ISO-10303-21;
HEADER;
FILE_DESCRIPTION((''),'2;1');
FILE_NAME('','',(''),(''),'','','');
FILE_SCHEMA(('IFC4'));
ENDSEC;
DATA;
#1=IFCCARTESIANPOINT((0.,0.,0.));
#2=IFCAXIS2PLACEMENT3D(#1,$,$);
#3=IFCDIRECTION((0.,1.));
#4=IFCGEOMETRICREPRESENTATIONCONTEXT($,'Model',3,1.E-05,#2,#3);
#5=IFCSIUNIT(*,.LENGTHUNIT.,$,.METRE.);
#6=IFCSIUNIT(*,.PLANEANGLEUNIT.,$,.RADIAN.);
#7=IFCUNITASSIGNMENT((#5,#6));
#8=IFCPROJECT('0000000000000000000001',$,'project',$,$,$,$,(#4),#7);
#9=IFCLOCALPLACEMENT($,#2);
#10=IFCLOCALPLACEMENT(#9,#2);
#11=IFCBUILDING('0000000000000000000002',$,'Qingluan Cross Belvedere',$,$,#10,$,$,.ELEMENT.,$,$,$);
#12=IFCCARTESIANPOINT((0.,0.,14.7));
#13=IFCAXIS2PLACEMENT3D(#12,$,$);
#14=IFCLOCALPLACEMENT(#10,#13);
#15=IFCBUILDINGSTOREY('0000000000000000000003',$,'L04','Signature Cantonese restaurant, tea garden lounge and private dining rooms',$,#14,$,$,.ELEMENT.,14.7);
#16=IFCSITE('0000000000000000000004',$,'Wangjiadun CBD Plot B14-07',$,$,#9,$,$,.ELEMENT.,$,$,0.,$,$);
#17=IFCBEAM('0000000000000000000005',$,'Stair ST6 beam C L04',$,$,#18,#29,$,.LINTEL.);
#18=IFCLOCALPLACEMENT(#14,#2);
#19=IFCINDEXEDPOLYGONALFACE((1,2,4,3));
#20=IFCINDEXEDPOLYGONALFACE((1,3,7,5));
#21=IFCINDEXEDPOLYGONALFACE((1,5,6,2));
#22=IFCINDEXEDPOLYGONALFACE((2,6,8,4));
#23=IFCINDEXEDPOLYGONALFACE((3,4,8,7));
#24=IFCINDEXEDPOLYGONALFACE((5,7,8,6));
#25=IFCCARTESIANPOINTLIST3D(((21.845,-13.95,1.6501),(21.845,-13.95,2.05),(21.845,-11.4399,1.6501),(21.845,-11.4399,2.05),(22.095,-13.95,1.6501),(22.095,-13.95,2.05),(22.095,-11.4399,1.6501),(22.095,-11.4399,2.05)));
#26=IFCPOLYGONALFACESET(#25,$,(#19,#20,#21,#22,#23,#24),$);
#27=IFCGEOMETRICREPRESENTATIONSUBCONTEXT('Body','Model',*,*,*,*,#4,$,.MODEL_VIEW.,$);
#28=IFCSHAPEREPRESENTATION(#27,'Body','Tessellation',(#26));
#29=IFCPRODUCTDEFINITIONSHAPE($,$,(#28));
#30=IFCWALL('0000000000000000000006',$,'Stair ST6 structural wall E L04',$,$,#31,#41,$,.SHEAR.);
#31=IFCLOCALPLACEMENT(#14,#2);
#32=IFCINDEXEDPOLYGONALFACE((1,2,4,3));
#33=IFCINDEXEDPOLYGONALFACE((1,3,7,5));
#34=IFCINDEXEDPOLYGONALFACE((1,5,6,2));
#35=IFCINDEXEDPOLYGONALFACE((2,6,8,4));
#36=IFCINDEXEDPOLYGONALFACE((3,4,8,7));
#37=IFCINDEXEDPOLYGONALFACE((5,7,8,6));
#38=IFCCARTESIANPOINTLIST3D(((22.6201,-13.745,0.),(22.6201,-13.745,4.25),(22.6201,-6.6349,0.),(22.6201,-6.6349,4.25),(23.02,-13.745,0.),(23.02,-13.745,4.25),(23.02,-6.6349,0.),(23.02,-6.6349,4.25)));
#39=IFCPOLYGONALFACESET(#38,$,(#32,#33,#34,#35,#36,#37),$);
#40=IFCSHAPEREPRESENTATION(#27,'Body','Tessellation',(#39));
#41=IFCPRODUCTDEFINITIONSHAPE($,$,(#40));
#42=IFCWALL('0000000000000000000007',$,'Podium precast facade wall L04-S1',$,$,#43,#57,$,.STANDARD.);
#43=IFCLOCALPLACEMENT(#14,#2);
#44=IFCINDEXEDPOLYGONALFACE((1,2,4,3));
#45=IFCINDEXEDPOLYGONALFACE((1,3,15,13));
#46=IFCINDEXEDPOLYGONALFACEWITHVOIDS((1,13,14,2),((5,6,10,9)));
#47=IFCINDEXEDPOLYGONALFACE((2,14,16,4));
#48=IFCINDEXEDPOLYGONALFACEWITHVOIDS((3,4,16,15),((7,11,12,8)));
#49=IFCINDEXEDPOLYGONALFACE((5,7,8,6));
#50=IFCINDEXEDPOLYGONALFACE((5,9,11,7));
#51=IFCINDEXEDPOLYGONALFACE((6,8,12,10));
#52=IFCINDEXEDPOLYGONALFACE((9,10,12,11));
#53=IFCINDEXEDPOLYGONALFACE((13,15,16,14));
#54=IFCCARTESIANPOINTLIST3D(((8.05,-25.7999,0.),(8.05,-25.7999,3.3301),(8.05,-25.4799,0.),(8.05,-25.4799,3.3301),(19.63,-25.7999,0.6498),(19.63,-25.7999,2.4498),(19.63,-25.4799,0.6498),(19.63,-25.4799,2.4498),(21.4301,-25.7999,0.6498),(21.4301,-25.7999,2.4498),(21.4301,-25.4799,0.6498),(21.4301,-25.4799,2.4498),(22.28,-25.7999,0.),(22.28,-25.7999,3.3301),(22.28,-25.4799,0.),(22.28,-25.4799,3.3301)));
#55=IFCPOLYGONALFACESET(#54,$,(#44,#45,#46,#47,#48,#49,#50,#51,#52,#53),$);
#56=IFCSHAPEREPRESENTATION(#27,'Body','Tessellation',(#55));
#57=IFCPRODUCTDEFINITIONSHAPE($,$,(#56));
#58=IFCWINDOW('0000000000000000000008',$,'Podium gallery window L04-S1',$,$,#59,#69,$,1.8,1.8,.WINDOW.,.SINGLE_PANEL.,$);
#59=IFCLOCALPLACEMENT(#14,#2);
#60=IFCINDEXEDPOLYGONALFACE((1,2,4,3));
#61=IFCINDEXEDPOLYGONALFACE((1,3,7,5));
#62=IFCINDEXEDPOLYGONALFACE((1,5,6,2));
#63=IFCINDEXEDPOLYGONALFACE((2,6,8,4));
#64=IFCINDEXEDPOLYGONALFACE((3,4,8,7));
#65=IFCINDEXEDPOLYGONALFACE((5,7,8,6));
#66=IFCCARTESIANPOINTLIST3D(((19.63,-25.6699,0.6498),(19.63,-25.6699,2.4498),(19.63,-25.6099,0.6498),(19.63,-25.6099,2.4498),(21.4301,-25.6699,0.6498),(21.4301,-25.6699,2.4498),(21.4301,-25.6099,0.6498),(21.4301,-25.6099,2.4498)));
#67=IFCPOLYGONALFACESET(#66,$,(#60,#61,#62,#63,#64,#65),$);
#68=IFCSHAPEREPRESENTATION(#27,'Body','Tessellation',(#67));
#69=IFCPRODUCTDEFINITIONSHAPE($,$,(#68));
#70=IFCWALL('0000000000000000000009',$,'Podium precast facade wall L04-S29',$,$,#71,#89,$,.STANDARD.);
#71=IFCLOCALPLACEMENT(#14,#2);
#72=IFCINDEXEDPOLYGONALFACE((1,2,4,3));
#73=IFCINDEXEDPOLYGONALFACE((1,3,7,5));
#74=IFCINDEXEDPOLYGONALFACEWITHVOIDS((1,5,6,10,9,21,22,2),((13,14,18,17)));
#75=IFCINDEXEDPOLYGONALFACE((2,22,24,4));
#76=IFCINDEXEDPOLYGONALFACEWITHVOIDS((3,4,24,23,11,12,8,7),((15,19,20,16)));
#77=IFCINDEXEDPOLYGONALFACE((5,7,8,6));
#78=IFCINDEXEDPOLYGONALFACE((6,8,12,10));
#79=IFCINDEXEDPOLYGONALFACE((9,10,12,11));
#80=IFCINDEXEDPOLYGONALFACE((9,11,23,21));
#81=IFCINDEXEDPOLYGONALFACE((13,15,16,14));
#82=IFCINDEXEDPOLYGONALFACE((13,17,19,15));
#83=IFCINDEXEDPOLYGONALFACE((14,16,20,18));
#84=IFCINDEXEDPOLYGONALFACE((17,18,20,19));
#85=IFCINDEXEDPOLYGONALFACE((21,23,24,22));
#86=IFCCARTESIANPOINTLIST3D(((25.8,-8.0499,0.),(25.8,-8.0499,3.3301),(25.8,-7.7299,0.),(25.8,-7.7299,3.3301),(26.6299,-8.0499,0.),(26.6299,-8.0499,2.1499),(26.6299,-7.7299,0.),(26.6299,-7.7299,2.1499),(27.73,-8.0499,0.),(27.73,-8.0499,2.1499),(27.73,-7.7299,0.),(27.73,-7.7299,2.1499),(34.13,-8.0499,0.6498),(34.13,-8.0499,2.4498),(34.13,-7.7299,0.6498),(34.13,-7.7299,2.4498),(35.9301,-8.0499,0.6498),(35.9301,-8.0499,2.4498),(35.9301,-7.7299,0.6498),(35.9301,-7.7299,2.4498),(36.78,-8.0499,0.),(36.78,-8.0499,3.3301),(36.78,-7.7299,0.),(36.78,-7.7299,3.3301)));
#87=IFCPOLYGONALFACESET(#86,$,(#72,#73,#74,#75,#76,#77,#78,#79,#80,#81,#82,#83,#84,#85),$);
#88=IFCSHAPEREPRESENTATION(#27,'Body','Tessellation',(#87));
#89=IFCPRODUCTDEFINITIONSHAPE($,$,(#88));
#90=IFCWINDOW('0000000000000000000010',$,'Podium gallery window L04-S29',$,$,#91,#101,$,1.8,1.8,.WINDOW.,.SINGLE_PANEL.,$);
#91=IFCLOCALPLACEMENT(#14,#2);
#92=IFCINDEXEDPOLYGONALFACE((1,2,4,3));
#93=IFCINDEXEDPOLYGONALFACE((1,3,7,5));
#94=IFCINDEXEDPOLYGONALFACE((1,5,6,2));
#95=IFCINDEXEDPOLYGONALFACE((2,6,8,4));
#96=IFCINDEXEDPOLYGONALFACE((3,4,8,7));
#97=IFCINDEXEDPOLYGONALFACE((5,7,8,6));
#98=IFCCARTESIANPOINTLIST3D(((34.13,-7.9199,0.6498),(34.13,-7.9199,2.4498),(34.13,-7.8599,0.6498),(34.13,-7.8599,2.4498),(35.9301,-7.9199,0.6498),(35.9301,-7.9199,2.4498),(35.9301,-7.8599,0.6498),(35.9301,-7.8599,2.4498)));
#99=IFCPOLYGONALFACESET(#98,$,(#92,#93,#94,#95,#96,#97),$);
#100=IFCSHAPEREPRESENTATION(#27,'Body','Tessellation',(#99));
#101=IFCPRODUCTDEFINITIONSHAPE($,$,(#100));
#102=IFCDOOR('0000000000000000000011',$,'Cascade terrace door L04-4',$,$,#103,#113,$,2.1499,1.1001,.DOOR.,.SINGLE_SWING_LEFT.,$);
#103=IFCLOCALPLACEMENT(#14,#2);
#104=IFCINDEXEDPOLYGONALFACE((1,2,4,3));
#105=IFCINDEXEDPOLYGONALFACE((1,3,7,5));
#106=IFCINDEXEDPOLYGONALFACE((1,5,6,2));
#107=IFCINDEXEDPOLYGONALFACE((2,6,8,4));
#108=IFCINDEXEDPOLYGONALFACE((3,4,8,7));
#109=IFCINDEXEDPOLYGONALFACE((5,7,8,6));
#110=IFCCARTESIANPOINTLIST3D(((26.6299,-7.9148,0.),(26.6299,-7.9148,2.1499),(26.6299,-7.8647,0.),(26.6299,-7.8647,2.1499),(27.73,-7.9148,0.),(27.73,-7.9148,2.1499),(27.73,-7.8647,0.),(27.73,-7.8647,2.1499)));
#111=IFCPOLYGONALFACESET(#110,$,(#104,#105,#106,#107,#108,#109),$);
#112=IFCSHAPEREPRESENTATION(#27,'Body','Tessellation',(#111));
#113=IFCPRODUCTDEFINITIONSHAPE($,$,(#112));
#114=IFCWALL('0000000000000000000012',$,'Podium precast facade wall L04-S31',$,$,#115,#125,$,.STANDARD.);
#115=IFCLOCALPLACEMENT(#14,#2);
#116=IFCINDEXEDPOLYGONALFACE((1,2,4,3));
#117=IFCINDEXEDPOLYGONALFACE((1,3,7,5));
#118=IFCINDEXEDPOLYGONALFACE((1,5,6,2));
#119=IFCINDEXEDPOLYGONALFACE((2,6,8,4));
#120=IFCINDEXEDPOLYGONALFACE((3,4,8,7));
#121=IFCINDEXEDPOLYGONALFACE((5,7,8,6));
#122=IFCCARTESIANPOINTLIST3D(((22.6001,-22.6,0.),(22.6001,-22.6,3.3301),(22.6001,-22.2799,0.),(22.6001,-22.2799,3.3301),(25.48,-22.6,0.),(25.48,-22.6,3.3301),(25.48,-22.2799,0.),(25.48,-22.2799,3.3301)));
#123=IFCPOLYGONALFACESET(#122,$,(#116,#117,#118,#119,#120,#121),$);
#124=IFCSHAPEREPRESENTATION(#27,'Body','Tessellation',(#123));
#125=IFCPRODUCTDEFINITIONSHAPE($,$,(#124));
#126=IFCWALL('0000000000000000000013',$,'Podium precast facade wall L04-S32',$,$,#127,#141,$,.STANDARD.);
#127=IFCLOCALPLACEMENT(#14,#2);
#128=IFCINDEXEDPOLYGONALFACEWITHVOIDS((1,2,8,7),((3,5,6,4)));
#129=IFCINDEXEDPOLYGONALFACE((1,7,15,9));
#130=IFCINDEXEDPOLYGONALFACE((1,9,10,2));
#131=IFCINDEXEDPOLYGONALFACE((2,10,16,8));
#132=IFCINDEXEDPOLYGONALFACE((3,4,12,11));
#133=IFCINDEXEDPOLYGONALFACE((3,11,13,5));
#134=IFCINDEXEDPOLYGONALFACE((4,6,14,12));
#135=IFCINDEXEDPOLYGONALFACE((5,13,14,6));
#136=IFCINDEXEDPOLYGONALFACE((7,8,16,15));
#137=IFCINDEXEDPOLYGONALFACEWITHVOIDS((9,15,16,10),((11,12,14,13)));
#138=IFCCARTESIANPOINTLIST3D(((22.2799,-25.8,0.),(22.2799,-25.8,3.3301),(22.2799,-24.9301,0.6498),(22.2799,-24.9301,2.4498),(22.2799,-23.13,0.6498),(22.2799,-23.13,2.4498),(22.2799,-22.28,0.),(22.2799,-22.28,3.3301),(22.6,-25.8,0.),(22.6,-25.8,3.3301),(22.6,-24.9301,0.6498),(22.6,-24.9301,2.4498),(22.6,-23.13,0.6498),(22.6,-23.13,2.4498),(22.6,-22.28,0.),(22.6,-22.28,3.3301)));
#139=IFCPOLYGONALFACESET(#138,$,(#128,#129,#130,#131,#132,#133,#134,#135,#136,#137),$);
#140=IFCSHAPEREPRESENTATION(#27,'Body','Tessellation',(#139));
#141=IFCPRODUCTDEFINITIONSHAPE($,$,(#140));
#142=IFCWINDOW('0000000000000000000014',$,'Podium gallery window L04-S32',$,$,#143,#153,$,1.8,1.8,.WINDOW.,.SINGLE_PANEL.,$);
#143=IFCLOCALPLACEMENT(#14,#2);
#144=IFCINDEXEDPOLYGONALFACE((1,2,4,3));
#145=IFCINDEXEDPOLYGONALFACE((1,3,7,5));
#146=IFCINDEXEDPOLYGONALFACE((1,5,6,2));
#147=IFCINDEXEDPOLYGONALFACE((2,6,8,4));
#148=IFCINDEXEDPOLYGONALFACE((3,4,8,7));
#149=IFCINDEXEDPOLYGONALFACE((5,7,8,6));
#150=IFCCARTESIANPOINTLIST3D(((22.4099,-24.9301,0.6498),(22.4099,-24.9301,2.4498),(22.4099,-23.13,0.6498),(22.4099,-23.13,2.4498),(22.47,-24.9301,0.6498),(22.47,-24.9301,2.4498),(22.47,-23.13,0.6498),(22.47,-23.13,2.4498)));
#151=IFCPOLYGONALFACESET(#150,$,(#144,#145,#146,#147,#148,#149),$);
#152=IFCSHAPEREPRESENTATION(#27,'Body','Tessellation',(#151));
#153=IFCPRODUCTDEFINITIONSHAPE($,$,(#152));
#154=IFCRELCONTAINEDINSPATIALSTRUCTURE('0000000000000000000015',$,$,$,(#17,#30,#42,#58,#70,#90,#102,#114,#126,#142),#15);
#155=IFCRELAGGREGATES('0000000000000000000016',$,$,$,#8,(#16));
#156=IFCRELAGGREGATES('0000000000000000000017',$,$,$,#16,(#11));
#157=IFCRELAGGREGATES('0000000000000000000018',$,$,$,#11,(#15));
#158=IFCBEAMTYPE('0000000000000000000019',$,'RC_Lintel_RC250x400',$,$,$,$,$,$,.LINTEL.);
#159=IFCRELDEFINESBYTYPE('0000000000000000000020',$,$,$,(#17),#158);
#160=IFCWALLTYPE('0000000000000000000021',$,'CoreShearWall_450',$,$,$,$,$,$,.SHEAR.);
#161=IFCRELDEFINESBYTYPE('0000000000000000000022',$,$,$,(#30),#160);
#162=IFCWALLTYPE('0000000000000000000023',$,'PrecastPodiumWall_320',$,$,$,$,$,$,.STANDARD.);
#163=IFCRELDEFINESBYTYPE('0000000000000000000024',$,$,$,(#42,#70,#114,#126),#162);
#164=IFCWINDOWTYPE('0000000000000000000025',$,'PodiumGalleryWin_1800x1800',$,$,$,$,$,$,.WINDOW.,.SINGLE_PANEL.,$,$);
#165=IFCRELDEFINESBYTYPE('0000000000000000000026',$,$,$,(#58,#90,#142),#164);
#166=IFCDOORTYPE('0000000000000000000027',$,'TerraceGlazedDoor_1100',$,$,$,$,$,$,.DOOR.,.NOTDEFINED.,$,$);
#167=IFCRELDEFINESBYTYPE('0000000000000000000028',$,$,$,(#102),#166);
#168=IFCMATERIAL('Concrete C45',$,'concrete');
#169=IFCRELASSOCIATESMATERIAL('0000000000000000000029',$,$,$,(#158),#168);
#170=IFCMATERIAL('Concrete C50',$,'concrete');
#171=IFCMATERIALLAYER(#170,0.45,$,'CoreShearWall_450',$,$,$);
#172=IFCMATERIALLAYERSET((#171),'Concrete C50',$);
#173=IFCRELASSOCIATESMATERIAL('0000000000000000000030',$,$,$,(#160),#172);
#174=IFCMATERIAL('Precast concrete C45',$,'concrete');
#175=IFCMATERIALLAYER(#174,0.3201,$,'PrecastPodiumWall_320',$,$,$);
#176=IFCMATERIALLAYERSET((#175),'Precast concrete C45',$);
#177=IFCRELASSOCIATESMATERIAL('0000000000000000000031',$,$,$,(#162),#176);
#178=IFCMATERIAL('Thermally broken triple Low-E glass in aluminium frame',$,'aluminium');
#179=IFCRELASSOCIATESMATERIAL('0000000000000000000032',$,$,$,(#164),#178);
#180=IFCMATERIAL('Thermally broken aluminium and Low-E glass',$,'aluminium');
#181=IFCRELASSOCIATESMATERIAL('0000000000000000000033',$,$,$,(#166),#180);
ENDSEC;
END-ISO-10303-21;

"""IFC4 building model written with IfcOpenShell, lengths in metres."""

from ifc_helpers import new_model, si_unit, direction, frame, frame_2d, origin, origin_2d, place, context, subcontext, project, spatial, rectangle, extrude, material, layer, layer_set, material_profile, profile_set, type_object, element, fill, save


model = new_model("IFC4")

# Units and contexts
model_context = context("Model", 3, precision=1e-05, world=origin(), true_north=direction((0.0, 1.0)))
body_context = subcontext(model_context, "Body", "Model", "MODEL_VIEW")
ifc_project = project(units=[si_unit("LENGTHUNIT", "METRE"), si_unit("PLANEANGLEUNIT", "RADIAN")], contexts=[model_context])

# Site, building, storey
site_placement = place(None, origin())
site = spatial("IfcSite", under=ifc_project, at=site_placement, Name="Wangjiadun CBD Plot B14-07", CompositionType="ELEMENT", RefElevation=0.0)
building_placement = place(site_placement, origin())
building = spatial("IfcBuilding", under=site, at=building_placement, Name="Qingluan Cross Belvedere", CompositionType="ELEMENT")
storey_placement = place(building_placement, frame((0.0, 0.0, 14.7)))
storey = spatial("IfcBuildingStorey", under=building, at=storey_placement, Name="L04", Description="Signature Cantonese restaurant, tea garden lounge and private dining rooms", CompositionType="ELEMENT", Elevation=14.7)

# Beam
ifc_material_1 = material(Name="Concrete C45", Category="concrete")
ifc_material_profile = material_profile(ifc_material_1, rectangle(XDim=0.25, YDim=0.3999, at=origin_2d()), Name="RC250x400")
ifc_profile_set = profile_set([ifc_material_profile], Name="Concrete C45")
beam_type = type_object("IfcBeamType", Name="RC_Lintel_RC250x400", PredefinedType="LINTEL", material=ifc_profile_set)
beam_placement = place(storey_placement, frame((21.97, -13.95, 1.8501), z_axis=(0.0, 1.0, 0.0), x_axis=(-1.0, 0.0, 0.0)))
element("IfcBeam", 1, at=beam_placement, inside=storey, type_object=beam_type, Name="Stair ST6 beam C L04", PredefinedType="LINTEL", context=body_context, shape_type="SweptSolid", body=[
    extrude(rectangle(XDim=0.25, YDim=0.3999, at=origin_2d()), origin(), (0.0, 0.0, 1.0), 2.51),
])

# Wall
ifc_material_2 = material(Name="Concrete C50", Category="concrete")
ifc_layer_1 = layer(ifc_material_2, 0.45, Name="CoreShearWall_450")
ifc_layer_set_1 = layer_set([ifc_layer_1], Name="Concrete C50")
wall_type_1 = type_object("IfcWallType", Name="CoreShearWall_450", PredefinedType="SHEAR", material=ifc_layer_set_1)
wall_1_placement = place(storey_placement, frame((22.8201, -13.7451, 0.0), z_axis=(0.0, 0.0, 1.0), x_axis=(0.0, 1.0, 0.0)))
element("IfcWall", 2, at=wall_1_placement, inside=storey, type_object=wall_type_1, Name="Stair ST6 structural wall E L04", PredefinedType="SHEAR", context=body_context, shape_type="SweptSolid", body=[
    extrude(rectangle(XDim=7.1101, YDim=0.3999, at=frame_2d((3.5552, 0.0))), origin(), (0.0, 0.0, 1.0), 4.25),
])

# Wall, opening, window
ifc_material_3 = material(Name="Precast concrete C45", Category="concrete")
ifc_layer_2 = layer(ifc_material_3, 0.3201, Name="PrecastPodiumWall_320")
ifc_layer_set_2 = layer_set([ifc_layer_2], Name="Precast concrete C45")
wall_type_2 = type_object("IfcWallType", Name="PrecastPodiumWall_320", PredefinedType="STANDARD", material=ifc_layer_set_2)
wall_2_placement = place(storey_placement, frame((22.28, -25.6399, 0.0), z_axis=(0.0, 0.0, 1.0), x_axis=(-1.0, 0.0, 0.0)))
wall_2 = element("IfcWall", 3, at=wall_2_placement, inside=storey, type_object=wall_type_2, Name="Podium precast facade wall L04-S1", PredefinedType="STANDARD", context=body_context, shape_type="SweptSolid", body=[
    extrude(rectangle(XDim=14.23, YDim=0.3201, at=frame_2d((7.115, 0.0))), origin(), (0.0, 0.0, 1.0), 3.3301),
])
opening_1_placement = place(wall_2_placement, frame((0.8501, 0.0, 0.6499)))
opening_1 = element("IfcOpeningElement", 4, at=opening_1_placement, cuts=wall_2, PredefinedType="OPENING", context=body_context, shape_type="SweptSolid", body=[
    extrude(rectangle(XDim=1.8, YDim=1.8, at=frame_2d((0.8999, 0.8999))), frame((0.0, 0.1699, 0.0), z_axis=(0.0, -1.0, 0.0), x_axis=(1.0, 0.0, 0.0)), (0.0, 0.0, 1.0), 0.3401),
])
ifc_material_4 = material(Name="Thermally broken triple Low-E glass in aluminium frame", Category="aluminium")
window_type = type_object("IfcWindowType", Name="PodiumGalleryWin_1800x1800", PartitioningType="SINGLE_PANEL", PredefinedType="WINDOW", material=ifc_material_4)
window_1_placement = place(opening_1_placement, origin())
window_1 = element("IfcWindow", 5, at=window_1_placement, inside=storey, type_object=window_type, Name="Podium gallery window L04-S1", OverallHeight=1.8, OverallWidth=1.8, PartitioningType="SINGLE_PANEL", PredefinedType="WINDOW", context=body_context, shape_type="SweptSolid", body=[
    extrude(rectangle(XDim=1.8, YDim=1.8, at=frame_2d((0.8999, 0.8999))), frame((0.0, 0.03, 0.0), z_axis=(0.0, -1.0, 0.0), x_axis=(1.0, 0.0, 0.0)), (0.0, 0.0, 1.0), 0.0601),
])
fill(opening_1, window_1)

# Wall, openings, window, door
wall_3_placement = place(storey_placement, frame((36.78, -7.8899, 0.0), z_axis=(0.0, 0.0, 1.0), x_axis=(-1.0, 0.0, 0.0)))
wall_3 = element("IfcWall", 6, at=wall_3_placement, inside=storey, type_object=wall_type_2, Name="Podium precast facade wall L04-S29", PredefinedType="STANDARD", context=body_context, shape_type="SweptSolid", body=[
    extrude(rectangle(XDim=10.98, YDim=0.3201, at=frame_2d((5.49, 0.0))), origin(), (0.0, 0.0, 1.0), 3.3301),
])
opening_2_placement = place(wall_3_placement, frame((0.8501, 0.0, 0.6499)))
opening_2 = element("IfcOpeningElement", 7, at=opening_2_placement, cuts=wall_3, PredefinedType="OPENING", context=body_context, shape_type="SweptSolid", body=[
    extrude(rectangle(XDim=1.8, YDim=1.8, at=frame_2d((0.8999, 0.8999))), frame((0.0, 0.1699, 0.0), z_axis=(0.0, -1.0, 0.0), x_axis=(1.0, 0.0, 0.0)), (0.0, 0.0, 1.0), 0.3401),
])
opening_3_placement = place(wall_3_placement, frame((9.05, 0.0, 0.0)))
opening_3 = element("IfcOpeningElement", 8, at=opening_3_placement, cuts=wall_3, PredefinedType="OPENING", context=body_context, shape_type="SweptSolid", body=[
    extrude(rectangle(XDim=1.1001, YDim=2.1499, at=frame_2d((0.55, 1.075))), frame((0.0, 0.1699, 0.0), z_axis=(0.0, -1.0, 0.0), x_axis=(1.0, 0.0, 0.0)), (0.0, 0.0, 1.0), 0.3401),
])
window_2_placement = place(opening_2_placement, origin())
window_2 = element("IfcWindow", 9, at=window_2_placement, inside=storey, type_object=window_type, Name="Podium gallery window L04-S29", OverallHeight=1.8, OverallWidth=1.8, PartitioningType="SINGLE_PANEL", PredefinedType="WINDOW", context=body_context, shape_type="SweptSolid", body=[
    extrude(rectangle(XDim=1.8, YDim=1.8, at=frame_2d((0.8999, 0.8999))), frame((0.0, 0.03, 0.0), z_axis=(0.0, -1.0, 0.0), x_axis=(1.0, 0.0, 0.0)), (0.0, 0.0, 1.0), 0.0601),
])
fill(opening_2, window_2)
ifc_material_5 = material(Name="Thermally broken aluminium and Low-E glass", Category="aluminium")
door_type = type_object("IfcDoorType", Name="TerraceGlazedDoor_1100", OperationType="NOTDEFINED", PredefinedType="DOOR", material=ifc_material_5)
door_placement = place(opening_3_placement, origin())
door = element("IfcDoor", 10, at=door_placement, inside=storey, type_object=door_type, Name="Cascade terrace door L04-4", OperationType="SINGLE_SWING_LEFT", OverallHeight=2.1499, OverallWidth=1.1001, PredefinedType="DOOR", context=body_context, shape_type="SweptSolid", body=[
    extrude(rectangle(XDim=1.1001, YDim=2.1499, at=frame_2d((0.55, 1.075))), frame((0.0, 0.0249, 0.0), z_axis=(0.0, -1.0, 0.0), x_axis=(1.0, 0.0, 0.0)), (0.0, 0.0, 1.0), 0.05),
])
fill(opening_3, door)

# Wall
wall_4_placement = place(storey_placement, frame((25.48, -22.4399, 0.0), z_axis=(0.0, 0.0, 1.0), x_axis=(-1.0, 0.0, 0.0)))
element("IfcWall", 11, at=wall_4_placement, inside=storey, type_object=wall_type_2, Name="Podium precast facade wall L04-S31", PredefinedType="STANDARD", context=body_context, shape_type="SweptSolid", body=[
    extrude(rectangle(XDim=2.8799, YDim=0.3201, at=frame_2d((1.4399, 0.0))), origin(), (0.0, 0.0, 1.0), 3.3301),
])

# Wall, opening, window
wall_5_placement = place(storey_placement, frame((22.4399, -22.28, 0.0), z_axis=(0.0, 0.0, 1.0), x_axis=(0.0, -1.0, 0.0)))
wall_5 = element("IfcWall", 12, at=wall_5_placement, inside=storey, type_object=wall_type_2, Name="Podium precast facade wall L04-S32", PredefinedType="STANDARD", context=body_context, shape_type="SweptSolid", body=[
    extrude(rectangle(XDim=3.52, YDim=0.3201, at=frame_2d((1.76, 0.0))), origin(), (0.0, 0.0, 1.0), 3.3301),
])
opening_4_placement = place(wall_5_placement, frame((0.8501, 0.0, 0.6499)))
opening_4 = element("IfcOpeningElement", 13, at=opening_4_placement, cuts=wall_5, PredefinedType="OPENING", context=body_context, shape_type="SweptSolid", body=[
    extrude(rectangle(XDim=1.8, YDim=1.8, at=frame_2d((0.8999, 0.8999))), frame((0.0, 0.1699, 0.0), z_axis=(0.0, -1.0, 0.0), x_axis=(1.0, 0.0, 0.0)), (0.0, 0.0, 1.0), 0.3401),
])
window_3_placement = place(opening_4_placement, origin())
window_3 = element("IfcWindow", 14, at=window_3_placement, inside=storey, type_object=window_type, Name="Podium gallery window L04-S32", OverallHeight=1.8, OverallWidth=1.8, PartitioningType="SINGLE_PANEL", PredefinedType="WINDOW", context=body_context, shape_type="SweptSolid", body=[
    extrude(rectangle(XDim=1.8, YDim=1.8, at=frame_2d((0.8999, 0.8999))), frame((0.0, 0.03, 0.0), z_axis=(0.0, -1.0, 0.0), x_axis=(1.0, 0.0, 0.0)), (0.0, 0.0, 1.0), 0.0601),
])
fill(opening_4, window_3)

save(model, "model.ifc")
